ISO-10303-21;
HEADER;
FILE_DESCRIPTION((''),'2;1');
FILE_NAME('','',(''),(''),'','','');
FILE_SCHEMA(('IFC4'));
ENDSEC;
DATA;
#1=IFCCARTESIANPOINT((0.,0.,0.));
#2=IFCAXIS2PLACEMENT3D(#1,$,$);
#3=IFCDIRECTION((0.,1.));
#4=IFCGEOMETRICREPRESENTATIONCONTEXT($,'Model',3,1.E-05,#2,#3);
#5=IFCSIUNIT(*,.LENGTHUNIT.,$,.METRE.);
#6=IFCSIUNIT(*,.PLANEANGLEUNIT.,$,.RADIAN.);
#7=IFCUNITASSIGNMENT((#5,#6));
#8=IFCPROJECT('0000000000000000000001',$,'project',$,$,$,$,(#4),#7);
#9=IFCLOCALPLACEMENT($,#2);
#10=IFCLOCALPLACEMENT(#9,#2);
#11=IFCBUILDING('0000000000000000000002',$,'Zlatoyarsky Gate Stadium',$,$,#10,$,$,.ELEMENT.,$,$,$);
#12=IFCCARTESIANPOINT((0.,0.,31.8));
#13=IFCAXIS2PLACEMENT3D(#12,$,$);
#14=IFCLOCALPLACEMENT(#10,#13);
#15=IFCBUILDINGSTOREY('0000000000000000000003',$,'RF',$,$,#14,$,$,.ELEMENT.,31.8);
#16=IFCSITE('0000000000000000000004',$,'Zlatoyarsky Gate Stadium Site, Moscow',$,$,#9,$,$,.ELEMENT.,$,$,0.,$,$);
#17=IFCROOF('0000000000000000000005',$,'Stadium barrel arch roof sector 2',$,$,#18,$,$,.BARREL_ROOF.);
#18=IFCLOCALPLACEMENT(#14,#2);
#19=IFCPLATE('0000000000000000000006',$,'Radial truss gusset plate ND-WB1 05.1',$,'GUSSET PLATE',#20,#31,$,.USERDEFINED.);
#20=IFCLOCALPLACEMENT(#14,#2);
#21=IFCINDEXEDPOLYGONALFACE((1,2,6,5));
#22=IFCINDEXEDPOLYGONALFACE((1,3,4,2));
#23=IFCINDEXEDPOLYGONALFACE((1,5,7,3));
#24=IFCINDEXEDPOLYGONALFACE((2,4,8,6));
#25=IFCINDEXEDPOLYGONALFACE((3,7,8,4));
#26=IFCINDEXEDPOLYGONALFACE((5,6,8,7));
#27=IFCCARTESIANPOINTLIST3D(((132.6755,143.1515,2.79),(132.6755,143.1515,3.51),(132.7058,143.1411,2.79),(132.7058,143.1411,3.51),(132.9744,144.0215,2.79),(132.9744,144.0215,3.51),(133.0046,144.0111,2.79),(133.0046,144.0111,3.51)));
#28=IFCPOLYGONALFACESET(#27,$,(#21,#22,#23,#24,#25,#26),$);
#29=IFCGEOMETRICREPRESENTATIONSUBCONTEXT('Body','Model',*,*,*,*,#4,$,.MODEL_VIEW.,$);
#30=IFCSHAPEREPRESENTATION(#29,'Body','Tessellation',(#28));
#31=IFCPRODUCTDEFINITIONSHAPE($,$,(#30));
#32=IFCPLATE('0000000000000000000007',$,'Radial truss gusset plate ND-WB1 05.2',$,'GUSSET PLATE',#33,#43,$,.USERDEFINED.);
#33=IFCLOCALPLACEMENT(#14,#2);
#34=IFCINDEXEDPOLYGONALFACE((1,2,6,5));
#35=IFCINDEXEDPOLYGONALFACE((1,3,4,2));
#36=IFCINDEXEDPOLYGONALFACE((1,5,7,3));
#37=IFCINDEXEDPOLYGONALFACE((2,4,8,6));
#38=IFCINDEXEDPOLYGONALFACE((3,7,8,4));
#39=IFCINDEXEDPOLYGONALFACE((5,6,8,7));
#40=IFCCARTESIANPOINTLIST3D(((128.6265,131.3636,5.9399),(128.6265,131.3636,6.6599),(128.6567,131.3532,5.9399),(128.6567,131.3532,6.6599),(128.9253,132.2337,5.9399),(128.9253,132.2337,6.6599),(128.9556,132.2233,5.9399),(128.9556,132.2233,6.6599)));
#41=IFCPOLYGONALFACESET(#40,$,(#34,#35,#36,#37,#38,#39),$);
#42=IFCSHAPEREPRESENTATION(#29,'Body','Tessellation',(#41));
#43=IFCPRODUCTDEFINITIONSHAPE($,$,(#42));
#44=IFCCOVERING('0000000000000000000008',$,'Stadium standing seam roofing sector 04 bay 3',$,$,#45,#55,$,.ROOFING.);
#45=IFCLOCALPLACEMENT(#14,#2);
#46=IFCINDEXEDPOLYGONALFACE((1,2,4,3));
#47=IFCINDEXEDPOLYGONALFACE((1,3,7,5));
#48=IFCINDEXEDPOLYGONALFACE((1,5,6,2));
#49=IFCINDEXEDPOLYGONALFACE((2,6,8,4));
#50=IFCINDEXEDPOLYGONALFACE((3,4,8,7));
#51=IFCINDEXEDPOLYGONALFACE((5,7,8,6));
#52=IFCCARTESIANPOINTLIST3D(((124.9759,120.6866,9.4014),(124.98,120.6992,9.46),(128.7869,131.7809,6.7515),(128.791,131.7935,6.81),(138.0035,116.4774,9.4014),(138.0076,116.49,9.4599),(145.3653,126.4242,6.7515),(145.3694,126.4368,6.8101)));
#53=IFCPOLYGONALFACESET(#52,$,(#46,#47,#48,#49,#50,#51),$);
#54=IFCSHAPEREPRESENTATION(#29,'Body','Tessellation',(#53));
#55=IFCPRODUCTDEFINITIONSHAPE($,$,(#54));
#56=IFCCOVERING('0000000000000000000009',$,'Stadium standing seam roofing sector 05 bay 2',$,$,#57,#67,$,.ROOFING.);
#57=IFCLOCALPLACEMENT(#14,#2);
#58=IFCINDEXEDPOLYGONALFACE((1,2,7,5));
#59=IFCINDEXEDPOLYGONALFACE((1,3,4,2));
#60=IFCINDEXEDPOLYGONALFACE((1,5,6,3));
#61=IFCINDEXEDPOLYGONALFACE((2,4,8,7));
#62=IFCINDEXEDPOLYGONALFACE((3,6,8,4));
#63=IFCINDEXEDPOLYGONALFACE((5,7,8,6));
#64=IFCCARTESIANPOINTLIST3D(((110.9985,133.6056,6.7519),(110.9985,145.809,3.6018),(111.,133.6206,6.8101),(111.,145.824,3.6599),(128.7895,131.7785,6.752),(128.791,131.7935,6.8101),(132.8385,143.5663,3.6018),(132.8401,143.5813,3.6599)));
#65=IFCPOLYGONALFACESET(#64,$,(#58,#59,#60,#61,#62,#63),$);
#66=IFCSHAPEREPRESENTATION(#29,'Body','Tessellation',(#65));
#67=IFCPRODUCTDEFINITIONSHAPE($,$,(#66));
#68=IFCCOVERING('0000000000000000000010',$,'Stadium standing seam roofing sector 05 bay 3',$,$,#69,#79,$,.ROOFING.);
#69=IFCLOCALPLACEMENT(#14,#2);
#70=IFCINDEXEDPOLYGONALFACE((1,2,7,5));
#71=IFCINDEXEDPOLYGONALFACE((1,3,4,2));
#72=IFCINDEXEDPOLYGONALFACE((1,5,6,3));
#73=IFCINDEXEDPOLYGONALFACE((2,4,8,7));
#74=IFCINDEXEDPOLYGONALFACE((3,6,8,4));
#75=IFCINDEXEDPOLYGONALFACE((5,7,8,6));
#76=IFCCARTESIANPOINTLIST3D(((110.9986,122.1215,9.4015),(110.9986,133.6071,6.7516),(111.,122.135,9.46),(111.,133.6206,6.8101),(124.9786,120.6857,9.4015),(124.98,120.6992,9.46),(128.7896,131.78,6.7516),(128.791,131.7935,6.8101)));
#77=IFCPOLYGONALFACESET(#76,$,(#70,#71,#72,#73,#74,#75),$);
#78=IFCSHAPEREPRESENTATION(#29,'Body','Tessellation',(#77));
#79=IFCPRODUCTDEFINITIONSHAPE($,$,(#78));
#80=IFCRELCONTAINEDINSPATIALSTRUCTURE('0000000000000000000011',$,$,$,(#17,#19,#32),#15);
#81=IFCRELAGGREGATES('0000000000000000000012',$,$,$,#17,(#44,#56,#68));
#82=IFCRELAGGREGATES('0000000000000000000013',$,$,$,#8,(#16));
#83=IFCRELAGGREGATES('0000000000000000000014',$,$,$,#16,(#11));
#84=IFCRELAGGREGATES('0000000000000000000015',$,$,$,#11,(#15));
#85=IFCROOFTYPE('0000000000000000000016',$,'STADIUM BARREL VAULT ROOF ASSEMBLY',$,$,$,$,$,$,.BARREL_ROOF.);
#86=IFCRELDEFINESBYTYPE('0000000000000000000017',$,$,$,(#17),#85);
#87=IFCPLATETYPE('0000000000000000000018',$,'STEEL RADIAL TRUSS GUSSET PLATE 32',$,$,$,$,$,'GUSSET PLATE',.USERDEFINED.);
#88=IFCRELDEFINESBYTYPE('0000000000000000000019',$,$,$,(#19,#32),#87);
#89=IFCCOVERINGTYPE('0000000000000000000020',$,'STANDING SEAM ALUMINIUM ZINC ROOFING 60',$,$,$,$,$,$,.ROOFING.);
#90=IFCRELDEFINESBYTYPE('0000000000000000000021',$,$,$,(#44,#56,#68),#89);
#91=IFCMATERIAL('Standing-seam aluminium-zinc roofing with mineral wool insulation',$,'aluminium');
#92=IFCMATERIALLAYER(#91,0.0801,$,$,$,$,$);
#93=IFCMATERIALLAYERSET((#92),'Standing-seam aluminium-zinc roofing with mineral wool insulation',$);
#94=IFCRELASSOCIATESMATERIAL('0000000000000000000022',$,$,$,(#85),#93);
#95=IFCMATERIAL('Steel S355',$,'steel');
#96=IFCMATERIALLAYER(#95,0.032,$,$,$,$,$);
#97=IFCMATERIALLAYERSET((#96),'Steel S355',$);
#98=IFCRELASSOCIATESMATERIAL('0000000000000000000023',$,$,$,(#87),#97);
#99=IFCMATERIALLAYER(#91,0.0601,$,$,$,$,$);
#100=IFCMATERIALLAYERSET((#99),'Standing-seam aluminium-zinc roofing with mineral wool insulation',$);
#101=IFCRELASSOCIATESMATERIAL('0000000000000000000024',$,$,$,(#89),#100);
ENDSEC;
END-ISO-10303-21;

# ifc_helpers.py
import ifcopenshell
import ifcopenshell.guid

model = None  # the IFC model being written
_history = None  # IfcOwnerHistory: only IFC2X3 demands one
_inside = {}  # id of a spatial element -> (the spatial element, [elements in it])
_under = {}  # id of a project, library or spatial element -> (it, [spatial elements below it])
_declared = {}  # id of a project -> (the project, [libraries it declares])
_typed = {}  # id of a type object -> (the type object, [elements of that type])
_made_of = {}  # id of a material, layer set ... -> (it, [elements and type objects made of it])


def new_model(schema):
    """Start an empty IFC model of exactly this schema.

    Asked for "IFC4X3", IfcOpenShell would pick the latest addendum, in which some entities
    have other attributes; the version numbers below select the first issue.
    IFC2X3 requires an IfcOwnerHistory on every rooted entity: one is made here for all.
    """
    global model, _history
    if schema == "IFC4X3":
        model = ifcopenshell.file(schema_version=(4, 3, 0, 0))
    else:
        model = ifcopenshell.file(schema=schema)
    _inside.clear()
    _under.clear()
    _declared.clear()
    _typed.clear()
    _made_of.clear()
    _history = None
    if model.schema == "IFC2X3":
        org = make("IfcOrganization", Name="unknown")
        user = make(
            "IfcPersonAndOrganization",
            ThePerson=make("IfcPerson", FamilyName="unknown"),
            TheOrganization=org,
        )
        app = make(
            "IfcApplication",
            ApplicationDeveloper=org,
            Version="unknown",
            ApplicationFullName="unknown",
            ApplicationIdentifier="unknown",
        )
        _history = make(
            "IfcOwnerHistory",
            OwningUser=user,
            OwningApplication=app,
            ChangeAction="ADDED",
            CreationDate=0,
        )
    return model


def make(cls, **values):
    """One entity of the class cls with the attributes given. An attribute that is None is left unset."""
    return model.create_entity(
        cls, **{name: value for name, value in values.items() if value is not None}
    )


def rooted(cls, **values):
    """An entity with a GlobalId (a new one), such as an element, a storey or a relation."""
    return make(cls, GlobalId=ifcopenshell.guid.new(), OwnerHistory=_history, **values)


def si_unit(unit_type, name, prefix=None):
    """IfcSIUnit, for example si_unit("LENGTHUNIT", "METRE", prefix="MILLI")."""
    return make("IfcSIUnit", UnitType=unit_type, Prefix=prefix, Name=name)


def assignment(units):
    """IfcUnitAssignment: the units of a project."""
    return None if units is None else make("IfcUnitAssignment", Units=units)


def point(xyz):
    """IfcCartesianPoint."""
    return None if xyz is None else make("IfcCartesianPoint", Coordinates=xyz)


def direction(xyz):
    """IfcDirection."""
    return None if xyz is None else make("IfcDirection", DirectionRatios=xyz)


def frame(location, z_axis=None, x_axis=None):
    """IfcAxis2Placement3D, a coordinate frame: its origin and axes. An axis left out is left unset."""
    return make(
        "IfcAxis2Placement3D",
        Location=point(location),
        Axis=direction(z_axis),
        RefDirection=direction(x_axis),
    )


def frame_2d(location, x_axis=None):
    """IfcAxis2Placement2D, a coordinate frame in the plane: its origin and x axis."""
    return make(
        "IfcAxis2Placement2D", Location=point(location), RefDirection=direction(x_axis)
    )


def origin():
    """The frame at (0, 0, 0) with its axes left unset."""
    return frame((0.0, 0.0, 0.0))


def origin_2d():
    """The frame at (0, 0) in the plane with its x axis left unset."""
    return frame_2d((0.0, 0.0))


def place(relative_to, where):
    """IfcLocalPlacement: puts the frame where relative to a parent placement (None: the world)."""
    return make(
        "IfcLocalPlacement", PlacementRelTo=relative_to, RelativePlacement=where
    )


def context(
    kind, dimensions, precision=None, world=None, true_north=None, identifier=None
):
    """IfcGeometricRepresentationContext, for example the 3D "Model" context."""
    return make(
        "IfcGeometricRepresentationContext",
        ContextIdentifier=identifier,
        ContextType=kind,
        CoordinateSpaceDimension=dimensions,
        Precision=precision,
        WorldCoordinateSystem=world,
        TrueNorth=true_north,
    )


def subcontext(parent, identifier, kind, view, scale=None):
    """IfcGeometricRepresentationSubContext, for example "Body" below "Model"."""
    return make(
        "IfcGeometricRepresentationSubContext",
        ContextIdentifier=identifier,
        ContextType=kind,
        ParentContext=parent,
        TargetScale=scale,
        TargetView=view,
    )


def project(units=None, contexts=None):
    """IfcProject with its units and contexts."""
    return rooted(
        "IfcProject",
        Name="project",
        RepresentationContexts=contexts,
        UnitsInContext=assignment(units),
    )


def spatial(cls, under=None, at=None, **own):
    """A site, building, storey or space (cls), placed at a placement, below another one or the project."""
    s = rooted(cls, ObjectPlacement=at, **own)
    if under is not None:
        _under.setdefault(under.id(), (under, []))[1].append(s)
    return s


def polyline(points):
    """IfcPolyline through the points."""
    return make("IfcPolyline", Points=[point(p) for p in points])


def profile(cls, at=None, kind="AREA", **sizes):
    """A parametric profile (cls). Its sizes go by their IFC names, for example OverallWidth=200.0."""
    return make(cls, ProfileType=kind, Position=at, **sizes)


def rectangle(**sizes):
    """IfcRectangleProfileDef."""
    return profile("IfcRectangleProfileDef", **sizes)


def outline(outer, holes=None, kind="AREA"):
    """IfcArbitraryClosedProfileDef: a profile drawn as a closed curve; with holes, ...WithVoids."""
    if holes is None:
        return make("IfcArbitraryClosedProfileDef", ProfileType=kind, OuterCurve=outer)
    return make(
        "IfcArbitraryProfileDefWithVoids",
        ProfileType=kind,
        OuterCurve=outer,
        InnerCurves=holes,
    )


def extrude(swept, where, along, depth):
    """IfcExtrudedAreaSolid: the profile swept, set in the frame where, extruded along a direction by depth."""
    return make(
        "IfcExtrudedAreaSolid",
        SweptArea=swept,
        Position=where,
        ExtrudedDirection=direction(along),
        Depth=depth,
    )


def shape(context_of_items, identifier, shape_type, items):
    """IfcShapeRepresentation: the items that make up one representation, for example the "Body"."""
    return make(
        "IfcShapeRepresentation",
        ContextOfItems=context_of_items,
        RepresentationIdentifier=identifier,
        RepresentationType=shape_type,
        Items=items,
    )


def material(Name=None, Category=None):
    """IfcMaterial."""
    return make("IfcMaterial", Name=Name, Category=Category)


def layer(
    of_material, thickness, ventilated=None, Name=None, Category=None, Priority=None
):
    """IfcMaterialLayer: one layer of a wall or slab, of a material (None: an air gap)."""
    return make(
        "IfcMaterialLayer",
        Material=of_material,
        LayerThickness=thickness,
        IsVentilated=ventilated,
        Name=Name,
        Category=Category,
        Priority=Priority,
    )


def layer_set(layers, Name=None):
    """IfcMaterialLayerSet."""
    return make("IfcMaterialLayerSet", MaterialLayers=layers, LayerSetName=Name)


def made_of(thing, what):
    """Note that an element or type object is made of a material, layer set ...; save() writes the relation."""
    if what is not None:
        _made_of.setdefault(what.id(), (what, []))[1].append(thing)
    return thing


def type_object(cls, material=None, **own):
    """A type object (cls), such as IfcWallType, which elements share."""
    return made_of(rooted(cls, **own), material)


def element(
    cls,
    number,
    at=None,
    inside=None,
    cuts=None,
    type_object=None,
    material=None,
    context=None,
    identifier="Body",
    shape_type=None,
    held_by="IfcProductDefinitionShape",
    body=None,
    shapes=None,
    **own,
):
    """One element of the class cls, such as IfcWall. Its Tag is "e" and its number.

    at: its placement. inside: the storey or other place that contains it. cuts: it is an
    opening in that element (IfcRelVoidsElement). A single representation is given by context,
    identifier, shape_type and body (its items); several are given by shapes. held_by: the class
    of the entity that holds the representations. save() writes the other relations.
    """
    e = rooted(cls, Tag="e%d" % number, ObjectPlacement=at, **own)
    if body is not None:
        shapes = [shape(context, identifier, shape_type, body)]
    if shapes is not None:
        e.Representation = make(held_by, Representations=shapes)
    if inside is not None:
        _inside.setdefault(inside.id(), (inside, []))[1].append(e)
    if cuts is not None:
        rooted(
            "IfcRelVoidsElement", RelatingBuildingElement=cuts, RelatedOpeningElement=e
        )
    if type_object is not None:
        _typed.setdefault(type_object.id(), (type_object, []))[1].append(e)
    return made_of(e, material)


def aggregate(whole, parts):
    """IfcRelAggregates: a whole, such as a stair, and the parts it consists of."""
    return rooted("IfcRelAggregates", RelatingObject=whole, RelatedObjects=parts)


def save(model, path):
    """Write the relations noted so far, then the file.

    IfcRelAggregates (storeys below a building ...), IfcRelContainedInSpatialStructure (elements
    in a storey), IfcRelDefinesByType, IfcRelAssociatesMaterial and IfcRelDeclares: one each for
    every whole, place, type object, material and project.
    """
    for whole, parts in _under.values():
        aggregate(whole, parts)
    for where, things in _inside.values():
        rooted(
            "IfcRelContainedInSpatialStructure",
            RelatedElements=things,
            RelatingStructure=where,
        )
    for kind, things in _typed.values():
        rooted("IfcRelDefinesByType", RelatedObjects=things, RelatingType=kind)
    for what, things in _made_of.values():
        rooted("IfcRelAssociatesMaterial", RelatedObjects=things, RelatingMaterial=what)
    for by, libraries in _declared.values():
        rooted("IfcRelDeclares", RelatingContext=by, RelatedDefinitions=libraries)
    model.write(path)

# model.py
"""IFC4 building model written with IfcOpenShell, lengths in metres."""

from ifc_helpers import new_model, si_unit, direction, frame, origin, origin_2d, place, context, subcontext, project, spatial, polyline, rectangle, outline, extrude, material, layer, layer_set, type_object, element, aggregate, save


model = new_model("IFC4")

# Units and contexts
model_context = context("Model", 3, precision=1e-05, world=origin(), true_north=direction((0.0, 1.0)))
body_context = subcontext(model_context, "Body", "Model", "MODEL_VIEW")
ifc_project = project(units=[si_unit("LENGTHUNIT", "METRE"), si_unit("PLANEANGLEUNIT", "RADIAN")], contexts=[model_context])

# Site, building, storey
site_placement = place(None, origin())
site = spatial("IfcSite", under=ifc_project, at=site_placement, Name="Zlatoyarsky Gate Stadium Site, Moscow", CompositionType="ELEMENT", RefElevation=0.0)
building_placement = place(site_placement, origin())
building = spatial("IfcBuilding", under=site, at=building_placement, Name="Zlatoyarsky Gate Stadium", CompositionType="ELEMENT")
storey_placement = place(building_placement, frame((0.0, 0.0, 31.8)))
storey = spatial("IfcBuildingStorey", under=building, at=storey_placement, Name="RF", CompositionType="ELEMENT", Elevation=31.8)

# Shared definitions
ifc_material_1 = material(Name="Steel S355", Category="steel")

# Roof
ifc_material_2 = material(Name="Standing-seam aluminium-zinc roofing with mineral wool insulation", Category="aluminium")
ifc_layer_1 = layer(ifc_material_2, 0.0801)
ifc_layer_set_1 = layer_set([ifc_layer_1], Name="Standing-seam aluminium-zinc roofing with mineral wool insulation")
roof_type = type_object("IfcRoofType", Name="STADIUM BARREL VAULT ROOF ASSEMBLY", PredefinedType="BARREL_ROOF", material=ifc_layer_set_1)
roof_placement = place(storey_placement, origin())
roof = element("IfcRoof", 1, at=roof_placement, inside=storey, type_object=roof_type, Name="Stadium barrel arch roof sector 2", PredefinedType="BARREL_ROOF")

# Plates
ifc_layer_2 = layer(ifc_material_1, 0.032)
ifc_layer_set_2 = layer_set([ifc_layer_2], Name="Steel S355")
plate_type_1 = type_object("IfcPlateType", Name="STEEL RADIAL TRUSS GUSSET PLATE 32", ElementType="GUSSET PLATE", PredefinedType="USERDEFINED", material=ifc_layer_set_2)
for number, where, z_axis, x_axis, name in (
    (2, (132.8401, 143.5813, 2.79), (0.0, 0.0, 1.0), (-0.324867, -0.94576, 0.0), "Radial truss gusset plate ND-WB1 05.1"),
    (3, (128.791, 131.7935, 5.9399), (0.0, 0.0, 1.0), (-0.324867, -0.94576, 0.0), "Radial truss gusset plate ND-WB1 05.2"),
):
    element("IfcPlate", number, at=place(storey_placement, frame(where, z_axis=z_axis, x_axis=x_axis)), inside=storey, type_object=plate_type_1, Name=name, ObjectType="GUSSET PLATE", PredefinedType="USERDEFINED", context=body_context, shape_type="SweptSolid", body=[
        extrude(rectangle(XDim=0.9199, YDim=0.032, at=origin_2d()), origin(), (0.0, 0.0, 1.0), 0.72),
    ])

# Coverings
ifc_layer_3 = layer(ifc_material_2, 0.0601)
ifc_layer_set_3 = layer_set([ifc_layer_3], Name="Standing-seam aluminium-zinc roofing with mineral wool insulation")
covering_type = type_object("IfcCoveringType", Name="STANDING SEAM ALUMINIUM ZINC ROOFING 60", PredefinedType="ROOFING", material=ifc_layer_set_3)
covering_1_placement = place(storey_placement, frame((145.3694, 126.4368, 6.8101), z_axis=(0.067758, 0.209707, 0.975414), x_axis=(-0.951561, 0.307461, -0.000001)))
covering_1 = element("IfcCovering", 4, at=covering_1_placement, type_object=covering_type, Name="Stadium standing seam roofing sector 04 bay 3", PredefinedType="ROOFING", context=body_context, shape_type="SweptSolid", body=[
    extrude(outline(polyline([(0.0, 0.0), (17.4223, 0.0), (17.6377, 12.0242), (3.947, 12.0241), (0.0, 0.0)])), origin(), (0.0, 0.0, -1.0), 0.0601),
])
covering_2_placement = place(storey_placement, frame((132.8401, 143.5813, 3.6599), z_axis=(0.025659, 0.249859, 0.967942), x_axis=(-0.994769, 0.102149, 0.000002)))
covering_2 = element("IfcCovering", 5, at=covering_2_placement, type_object=covering_type, Name="Stadium standing seam roofing sector 05 bay 2", PredefinedType="ROOFING", context=body_context, shape_type="SweptSolid", body=[
    extrude(outline(polyline([(0.0, 0.0), (21.9549, 0.0), (20.7084, 12.5416), (2.8238, 12.5418), (0.0, 0.0)])), origin(), (0.0, 0.0, -1.0), 0.0601),
])
covering_3_placement = place(storey_placement, frame((128.791, 131.7935, 6.8101), z_axis=(0.023082, 0.224749, 0.974143), x_axis=(-0.994768, 0.102163, 0.0)))
covering_3 = element("IfcCovering", 6, at=covering_3_placement, type_object=covering_type, Name="Stadium standing seam roofing sector 05 bay 3", PredefinedType="ROOFING", context=body_context, shape_type="SweptSolid", body=[
    extrude(outline(polyline([(0.0, 0.0), (17.8846, 0.0), (16.7112, 11.7288), (2.6577, 11.7288), (0.0, 0.0)])), origin(), (0.0, 0.0, -1.0), 0.0601),
])
aggregate(roof, [covering_1, covering_2, covering_3])

save(model, "model.ifc")
